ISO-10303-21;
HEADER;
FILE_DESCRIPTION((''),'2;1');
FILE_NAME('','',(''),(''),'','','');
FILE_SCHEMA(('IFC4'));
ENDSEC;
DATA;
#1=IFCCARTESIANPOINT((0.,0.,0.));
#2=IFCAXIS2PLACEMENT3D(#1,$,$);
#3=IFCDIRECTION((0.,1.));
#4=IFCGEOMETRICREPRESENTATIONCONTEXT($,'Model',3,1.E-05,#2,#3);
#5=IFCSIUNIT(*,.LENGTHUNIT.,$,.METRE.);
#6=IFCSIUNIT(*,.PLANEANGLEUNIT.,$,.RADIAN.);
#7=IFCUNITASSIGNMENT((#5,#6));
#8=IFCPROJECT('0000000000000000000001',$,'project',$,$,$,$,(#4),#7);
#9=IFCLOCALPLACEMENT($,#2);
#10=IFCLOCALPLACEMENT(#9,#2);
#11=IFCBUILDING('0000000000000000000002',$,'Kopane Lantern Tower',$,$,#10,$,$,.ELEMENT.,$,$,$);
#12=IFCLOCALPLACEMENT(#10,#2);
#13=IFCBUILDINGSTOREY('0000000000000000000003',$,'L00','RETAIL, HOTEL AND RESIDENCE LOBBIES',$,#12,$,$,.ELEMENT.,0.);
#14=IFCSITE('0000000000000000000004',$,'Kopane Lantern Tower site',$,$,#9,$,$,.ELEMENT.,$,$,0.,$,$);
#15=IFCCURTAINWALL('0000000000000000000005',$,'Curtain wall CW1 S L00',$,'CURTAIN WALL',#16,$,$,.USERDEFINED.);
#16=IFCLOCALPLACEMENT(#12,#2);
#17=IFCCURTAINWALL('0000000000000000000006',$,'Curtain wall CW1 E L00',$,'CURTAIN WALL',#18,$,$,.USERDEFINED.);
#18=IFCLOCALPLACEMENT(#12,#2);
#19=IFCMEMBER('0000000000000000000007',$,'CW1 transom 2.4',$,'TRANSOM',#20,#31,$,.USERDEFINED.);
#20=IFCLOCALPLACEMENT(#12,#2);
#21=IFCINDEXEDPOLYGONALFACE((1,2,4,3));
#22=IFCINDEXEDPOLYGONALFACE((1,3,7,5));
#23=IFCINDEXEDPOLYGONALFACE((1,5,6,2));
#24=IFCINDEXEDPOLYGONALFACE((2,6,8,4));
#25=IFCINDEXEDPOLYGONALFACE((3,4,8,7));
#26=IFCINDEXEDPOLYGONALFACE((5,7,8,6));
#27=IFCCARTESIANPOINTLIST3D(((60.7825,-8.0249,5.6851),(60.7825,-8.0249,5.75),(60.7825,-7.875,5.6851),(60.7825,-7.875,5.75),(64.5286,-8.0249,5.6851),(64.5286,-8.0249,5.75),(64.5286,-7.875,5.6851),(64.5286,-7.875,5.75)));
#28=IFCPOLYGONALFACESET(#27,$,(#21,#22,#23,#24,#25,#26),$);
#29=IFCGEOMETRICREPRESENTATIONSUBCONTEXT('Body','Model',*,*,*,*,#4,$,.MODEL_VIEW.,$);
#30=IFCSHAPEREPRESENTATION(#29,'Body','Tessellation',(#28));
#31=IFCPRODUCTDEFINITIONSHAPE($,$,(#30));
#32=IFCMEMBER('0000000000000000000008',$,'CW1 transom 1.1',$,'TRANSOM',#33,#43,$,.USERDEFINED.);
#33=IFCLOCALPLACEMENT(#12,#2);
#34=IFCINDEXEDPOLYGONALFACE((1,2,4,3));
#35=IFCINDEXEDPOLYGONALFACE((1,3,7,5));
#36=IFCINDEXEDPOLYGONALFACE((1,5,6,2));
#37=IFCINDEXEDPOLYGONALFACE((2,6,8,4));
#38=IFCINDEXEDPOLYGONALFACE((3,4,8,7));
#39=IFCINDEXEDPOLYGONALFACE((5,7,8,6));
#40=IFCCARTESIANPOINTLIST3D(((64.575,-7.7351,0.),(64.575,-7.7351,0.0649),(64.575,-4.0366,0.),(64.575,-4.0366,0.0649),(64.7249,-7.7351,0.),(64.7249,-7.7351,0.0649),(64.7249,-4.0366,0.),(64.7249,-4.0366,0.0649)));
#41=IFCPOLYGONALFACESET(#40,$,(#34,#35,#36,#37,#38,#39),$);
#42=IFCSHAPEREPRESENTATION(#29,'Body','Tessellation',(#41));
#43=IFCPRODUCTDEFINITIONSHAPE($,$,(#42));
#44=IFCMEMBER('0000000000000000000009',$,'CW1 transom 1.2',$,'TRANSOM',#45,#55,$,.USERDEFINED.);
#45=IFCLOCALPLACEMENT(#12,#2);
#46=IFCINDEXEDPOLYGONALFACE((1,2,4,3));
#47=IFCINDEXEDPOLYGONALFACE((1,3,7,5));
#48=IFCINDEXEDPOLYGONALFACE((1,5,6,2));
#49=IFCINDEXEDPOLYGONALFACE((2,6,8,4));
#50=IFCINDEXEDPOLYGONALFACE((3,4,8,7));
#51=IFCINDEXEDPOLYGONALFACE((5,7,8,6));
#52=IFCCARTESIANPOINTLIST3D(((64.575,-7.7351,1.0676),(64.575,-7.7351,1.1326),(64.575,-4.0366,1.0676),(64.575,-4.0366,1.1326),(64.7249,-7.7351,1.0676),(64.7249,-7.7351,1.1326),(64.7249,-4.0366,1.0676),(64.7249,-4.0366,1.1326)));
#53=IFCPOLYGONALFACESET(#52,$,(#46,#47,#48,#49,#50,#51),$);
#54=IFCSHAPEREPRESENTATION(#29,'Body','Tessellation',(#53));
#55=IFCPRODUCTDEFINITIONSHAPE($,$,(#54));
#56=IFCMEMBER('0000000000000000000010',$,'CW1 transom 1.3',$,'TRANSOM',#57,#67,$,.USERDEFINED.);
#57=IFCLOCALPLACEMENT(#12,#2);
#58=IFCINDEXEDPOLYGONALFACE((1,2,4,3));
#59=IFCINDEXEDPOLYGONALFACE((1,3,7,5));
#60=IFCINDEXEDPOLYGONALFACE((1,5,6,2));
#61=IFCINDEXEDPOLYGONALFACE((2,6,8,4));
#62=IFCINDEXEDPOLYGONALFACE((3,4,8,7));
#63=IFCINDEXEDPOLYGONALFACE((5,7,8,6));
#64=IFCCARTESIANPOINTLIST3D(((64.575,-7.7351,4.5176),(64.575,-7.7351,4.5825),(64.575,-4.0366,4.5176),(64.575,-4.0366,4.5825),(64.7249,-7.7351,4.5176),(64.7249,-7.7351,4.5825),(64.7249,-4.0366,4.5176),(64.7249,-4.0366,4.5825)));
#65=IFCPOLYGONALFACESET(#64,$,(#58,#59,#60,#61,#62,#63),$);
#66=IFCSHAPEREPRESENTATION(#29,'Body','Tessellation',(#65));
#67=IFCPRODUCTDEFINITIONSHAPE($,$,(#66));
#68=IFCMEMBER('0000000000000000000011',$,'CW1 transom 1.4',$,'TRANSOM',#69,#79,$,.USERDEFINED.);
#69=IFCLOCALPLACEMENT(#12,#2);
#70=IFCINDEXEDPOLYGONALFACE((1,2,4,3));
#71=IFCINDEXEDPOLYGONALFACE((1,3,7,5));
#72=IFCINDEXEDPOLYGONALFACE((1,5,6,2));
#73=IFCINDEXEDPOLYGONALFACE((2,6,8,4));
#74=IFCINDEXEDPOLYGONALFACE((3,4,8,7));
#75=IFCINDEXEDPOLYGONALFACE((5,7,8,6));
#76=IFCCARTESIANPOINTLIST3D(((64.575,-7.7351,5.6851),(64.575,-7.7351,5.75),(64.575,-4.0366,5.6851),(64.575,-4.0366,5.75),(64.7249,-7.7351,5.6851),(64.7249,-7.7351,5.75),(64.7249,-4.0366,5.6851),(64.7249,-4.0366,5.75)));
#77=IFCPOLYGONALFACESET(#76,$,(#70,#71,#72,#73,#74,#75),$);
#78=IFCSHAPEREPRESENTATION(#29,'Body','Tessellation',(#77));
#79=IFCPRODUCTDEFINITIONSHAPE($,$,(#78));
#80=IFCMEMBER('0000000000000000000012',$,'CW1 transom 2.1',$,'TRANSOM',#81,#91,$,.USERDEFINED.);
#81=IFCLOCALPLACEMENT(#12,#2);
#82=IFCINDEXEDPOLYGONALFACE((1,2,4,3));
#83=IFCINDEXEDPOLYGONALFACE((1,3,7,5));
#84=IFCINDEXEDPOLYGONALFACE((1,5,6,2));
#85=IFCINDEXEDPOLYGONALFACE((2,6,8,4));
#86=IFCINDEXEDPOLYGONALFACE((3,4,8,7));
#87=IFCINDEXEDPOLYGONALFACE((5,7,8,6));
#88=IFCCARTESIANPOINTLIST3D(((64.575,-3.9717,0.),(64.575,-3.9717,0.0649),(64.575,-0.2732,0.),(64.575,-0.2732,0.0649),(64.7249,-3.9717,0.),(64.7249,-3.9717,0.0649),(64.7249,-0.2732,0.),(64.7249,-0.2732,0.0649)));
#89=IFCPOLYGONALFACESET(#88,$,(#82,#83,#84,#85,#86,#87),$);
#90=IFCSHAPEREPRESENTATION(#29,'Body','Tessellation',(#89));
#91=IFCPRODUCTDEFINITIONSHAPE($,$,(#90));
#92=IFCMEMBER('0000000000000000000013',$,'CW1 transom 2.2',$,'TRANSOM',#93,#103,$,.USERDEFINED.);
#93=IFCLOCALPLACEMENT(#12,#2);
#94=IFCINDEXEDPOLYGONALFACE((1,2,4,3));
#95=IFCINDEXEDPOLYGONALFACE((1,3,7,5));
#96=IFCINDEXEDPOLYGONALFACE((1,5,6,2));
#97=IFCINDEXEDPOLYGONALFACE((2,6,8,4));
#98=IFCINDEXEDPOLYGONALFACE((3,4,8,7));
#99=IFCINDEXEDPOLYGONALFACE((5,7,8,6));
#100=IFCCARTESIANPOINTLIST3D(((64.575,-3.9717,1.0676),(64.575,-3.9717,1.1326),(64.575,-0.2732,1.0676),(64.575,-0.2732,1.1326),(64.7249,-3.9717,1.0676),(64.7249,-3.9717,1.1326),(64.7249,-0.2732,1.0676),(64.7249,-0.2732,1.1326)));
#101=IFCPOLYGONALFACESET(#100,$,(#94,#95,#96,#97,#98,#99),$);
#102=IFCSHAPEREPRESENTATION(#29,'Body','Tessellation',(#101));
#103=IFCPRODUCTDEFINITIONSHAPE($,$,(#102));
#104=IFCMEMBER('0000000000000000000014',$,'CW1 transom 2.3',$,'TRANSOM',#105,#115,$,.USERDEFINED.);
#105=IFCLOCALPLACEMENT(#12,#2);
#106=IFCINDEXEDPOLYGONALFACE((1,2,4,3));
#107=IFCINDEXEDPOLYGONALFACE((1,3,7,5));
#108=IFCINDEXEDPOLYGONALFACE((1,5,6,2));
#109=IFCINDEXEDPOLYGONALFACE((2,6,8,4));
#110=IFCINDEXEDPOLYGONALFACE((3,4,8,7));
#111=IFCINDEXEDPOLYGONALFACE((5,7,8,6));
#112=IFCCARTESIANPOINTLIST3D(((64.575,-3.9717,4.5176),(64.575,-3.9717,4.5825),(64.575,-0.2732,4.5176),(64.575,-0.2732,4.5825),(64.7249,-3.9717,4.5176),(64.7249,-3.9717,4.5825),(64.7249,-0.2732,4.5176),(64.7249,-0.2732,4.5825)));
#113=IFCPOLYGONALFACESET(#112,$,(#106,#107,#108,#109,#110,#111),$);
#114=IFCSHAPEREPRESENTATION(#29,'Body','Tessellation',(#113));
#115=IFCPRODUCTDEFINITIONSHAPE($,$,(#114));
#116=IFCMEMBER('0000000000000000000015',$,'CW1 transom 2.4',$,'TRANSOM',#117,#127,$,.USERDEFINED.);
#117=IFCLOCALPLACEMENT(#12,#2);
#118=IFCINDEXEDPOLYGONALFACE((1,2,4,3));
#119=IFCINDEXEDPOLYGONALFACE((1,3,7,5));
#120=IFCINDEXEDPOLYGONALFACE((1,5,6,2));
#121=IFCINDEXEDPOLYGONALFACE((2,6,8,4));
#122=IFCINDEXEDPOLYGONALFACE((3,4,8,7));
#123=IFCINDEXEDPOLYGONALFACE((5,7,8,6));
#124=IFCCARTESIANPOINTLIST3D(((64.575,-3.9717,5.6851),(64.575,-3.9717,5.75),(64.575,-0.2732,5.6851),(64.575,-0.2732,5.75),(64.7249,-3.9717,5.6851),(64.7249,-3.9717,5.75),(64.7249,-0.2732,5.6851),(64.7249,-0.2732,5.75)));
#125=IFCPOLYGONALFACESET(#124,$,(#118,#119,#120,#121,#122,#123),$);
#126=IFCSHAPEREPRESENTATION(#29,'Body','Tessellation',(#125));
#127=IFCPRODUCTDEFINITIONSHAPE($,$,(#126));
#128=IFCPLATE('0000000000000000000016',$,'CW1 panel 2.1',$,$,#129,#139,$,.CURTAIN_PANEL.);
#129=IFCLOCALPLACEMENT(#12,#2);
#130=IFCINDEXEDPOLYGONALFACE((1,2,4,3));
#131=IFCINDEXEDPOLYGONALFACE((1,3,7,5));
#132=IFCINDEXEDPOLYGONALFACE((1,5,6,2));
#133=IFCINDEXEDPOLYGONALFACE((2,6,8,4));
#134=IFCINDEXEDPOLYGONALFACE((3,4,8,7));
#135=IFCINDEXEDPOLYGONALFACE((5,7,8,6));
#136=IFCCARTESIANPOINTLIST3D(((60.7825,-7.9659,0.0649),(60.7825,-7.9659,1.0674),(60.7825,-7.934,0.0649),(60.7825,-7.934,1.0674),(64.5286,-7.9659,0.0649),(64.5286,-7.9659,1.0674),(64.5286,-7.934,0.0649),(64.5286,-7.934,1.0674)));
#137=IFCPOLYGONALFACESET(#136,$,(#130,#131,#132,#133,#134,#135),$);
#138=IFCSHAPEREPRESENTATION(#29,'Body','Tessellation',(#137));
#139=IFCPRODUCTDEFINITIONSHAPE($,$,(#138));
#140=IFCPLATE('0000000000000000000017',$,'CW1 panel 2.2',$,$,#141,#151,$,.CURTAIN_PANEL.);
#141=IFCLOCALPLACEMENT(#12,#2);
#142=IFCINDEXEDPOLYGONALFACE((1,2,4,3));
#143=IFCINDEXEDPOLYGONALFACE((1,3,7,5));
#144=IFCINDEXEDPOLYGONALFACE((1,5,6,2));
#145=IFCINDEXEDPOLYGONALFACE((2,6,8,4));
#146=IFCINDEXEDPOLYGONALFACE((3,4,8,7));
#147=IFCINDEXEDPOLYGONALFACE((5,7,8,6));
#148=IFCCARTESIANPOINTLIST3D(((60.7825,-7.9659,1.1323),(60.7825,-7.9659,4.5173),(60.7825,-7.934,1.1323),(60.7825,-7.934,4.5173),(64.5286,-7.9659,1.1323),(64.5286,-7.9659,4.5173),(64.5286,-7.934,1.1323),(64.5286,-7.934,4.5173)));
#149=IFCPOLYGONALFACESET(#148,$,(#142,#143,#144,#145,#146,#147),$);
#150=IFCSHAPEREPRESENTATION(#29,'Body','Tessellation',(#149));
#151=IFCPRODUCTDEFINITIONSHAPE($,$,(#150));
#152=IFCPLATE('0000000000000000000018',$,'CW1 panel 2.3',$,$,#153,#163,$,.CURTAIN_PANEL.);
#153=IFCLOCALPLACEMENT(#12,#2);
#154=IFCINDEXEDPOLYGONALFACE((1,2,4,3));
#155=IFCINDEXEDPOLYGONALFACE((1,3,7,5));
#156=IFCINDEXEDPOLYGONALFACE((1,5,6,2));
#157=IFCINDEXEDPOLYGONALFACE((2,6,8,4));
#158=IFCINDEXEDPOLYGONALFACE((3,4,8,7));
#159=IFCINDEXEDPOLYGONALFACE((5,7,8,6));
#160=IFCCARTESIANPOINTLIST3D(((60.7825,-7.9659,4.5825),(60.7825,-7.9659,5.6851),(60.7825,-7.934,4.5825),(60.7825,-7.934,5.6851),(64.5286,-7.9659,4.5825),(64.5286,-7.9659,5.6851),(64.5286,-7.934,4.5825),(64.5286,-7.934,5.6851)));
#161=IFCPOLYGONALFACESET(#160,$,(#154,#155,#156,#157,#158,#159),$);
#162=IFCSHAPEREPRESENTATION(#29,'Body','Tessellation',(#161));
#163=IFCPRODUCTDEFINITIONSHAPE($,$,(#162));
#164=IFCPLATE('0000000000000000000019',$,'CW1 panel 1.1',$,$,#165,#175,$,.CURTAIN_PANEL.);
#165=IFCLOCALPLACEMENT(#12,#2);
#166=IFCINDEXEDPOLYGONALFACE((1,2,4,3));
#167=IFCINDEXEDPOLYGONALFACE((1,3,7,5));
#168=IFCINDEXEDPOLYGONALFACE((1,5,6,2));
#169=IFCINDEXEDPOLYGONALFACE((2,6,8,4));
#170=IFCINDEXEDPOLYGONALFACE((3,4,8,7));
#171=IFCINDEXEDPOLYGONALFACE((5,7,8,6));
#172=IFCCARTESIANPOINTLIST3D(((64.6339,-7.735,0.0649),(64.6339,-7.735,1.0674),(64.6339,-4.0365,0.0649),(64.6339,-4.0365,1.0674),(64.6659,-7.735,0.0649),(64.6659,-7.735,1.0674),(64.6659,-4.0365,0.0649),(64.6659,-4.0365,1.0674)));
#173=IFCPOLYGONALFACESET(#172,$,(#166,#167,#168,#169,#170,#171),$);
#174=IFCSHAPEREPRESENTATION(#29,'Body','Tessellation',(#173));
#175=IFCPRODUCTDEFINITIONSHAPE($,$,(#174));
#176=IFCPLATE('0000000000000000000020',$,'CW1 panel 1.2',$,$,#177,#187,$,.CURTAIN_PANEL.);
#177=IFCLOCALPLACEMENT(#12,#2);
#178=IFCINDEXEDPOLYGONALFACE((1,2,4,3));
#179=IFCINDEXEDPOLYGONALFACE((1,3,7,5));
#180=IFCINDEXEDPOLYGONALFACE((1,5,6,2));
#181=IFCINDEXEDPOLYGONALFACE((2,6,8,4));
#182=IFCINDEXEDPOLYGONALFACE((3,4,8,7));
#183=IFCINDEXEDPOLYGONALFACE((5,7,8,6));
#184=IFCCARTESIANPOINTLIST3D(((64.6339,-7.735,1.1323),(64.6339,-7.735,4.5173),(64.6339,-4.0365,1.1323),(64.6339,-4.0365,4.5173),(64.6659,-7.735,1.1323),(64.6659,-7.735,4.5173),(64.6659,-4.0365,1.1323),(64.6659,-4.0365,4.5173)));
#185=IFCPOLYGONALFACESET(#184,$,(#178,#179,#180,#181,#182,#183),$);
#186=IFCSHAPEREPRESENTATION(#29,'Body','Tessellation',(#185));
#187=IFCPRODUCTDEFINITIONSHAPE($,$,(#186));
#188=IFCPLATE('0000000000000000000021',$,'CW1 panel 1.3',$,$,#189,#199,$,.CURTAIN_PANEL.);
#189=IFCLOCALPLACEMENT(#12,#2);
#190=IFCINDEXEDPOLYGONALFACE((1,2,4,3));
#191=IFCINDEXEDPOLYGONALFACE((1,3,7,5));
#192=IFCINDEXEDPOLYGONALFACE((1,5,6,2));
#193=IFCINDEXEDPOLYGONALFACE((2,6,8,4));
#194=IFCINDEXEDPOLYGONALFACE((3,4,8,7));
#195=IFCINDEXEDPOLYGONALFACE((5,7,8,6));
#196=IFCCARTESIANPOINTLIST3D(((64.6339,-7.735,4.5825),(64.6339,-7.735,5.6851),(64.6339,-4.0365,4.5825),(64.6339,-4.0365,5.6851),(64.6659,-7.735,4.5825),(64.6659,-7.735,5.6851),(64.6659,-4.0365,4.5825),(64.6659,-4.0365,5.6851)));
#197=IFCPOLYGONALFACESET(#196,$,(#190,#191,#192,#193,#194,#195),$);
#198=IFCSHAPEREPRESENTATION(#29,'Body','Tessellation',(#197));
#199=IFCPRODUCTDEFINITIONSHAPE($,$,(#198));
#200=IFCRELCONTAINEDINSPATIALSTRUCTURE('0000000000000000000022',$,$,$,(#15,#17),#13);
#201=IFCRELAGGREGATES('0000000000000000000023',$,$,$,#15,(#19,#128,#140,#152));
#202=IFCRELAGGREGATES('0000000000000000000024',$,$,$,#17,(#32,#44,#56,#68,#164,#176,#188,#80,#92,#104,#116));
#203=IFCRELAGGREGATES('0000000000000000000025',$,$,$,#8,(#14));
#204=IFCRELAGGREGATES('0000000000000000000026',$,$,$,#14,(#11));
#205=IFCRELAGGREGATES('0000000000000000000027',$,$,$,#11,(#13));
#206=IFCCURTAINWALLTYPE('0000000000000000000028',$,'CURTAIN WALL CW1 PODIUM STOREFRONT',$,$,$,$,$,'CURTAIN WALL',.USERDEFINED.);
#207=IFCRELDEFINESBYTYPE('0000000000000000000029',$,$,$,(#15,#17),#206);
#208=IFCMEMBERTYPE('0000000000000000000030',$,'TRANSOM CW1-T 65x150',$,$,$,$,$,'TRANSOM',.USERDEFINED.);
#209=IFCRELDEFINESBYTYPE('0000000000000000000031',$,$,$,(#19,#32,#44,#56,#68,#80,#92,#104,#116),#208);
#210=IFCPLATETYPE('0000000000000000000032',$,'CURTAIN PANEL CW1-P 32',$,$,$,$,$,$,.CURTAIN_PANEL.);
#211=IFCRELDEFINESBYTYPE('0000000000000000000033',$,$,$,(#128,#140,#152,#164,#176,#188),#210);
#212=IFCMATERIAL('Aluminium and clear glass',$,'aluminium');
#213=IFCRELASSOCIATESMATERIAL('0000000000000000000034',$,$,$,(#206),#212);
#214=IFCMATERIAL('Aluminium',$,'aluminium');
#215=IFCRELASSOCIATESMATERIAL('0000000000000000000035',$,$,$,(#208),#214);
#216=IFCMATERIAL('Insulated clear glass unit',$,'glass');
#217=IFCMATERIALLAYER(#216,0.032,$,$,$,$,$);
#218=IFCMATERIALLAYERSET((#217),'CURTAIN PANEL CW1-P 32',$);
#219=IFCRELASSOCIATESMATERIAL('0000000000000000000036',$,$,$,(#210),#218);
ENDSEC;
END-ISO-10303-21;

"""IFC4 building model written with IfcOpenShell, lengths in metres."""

from ifc_helpers import new_model, si_unit, direction, frame, origin, origin_2d, place, context, subcontext, project, spatial, rectangle, extrude, material, layer, layer_set, material_profile, profile_set, type_object, element, aggregate, save


model = new_model("IFC4")

# Units and contexts
model_context = context("Model", 3, precision=1e-05, world=origin(), true_north=direction((0.0, 1.0)))
body_context = subcontext(model_context, "Body", "Model", "MODEL_VIEW")
ifc_project = project(units=[si_unit("LENGTHUNIT", "METRE"), si_unit("PLANEANGLEUNIT", "RADIAN")], contexts=[model_context])

# Site, building, storey
site_placement = place(None, origin())
site = spatial("IfcSite", under=ifc_project, at=site_placement, Name="Kopane Lantern Tower site", CompositionType="ELEMENT", RefElevation=0.0)
building_placement = place(site_placement, origin())
building = spatial("IfcBuilding", under=site, at=building_placement, Name="Kopane Lantern Tower", CompositionType="ELEMENT")
storey_placement = place(building_placement, origin())
storey = spatial("IfcBuildingStorey", under=building, at=storey_placement, Name="L00", Description="RETAIL, HOTEL AND RESIDENCE LOBBIES", CompositionType="ELEMENT", Elevation=0.0)

# Curtain walls
ifc_material_1 = material(Name="Aluminium and clear glass", Category="aluminium")
curtain_wall_type = type_object("IfcCurtainWallType", Name="CURTAIN WALL CW1 PODIUM STOREFRONT", ElementType="CURTAIN WALL", PredefinedType="USERDEFINED", material=ifc_material_1)
curtain_wall_1_placement = place(storey_placement, origin())
curtain_wall_1 = element("IfcCurtainWall", 1, at=curtain_wall_1_placement, inside=storey, type_object=curtain_wall_type, Name="Curtain wall CW1 S L00", ObjectType="CURTAIN WALL", PredefinedType="USERDEFINED")
curtain_wall_2_placement = place(storey_placement, origin())
curtain_wall_2 = element("IfcCurtainWall", 2, at=curtain_wall_2_placement, inside=storey, type_object=curtain_wall_type, Name="Curtain wall CW1 E L00", ObjectType="CURTAIN WALL", PredefinedType="USERDEFINED")

# Members
ifc_material_2 = material(Name="Aluminium", Category="aluminium")
ifc_material_profile_1 = material_profile(ifc_material_2, rectangle(XDim=0.1499, YDim=0.0649, at=origin_2d()), Name="AL 150x65")
ifc_profile_set_1 = profile_set([ifc_material_profile_1], Name="Aluminium")
member_type_1 = type_object("IfcMemberType", Name="TRANSOM CW1-T 65x150", ElementType="TRANSOM", PredefinedType="USERDEFINED", material=ifc_profile_set_1)
member_1_placement = place(storey_placement, frame((60.7825, -7.95, 5.7175), z_axis=(1.0, 0.0, 0.0), x_axis=(0.0, 1.0, 0.0)))
member_1 = element("IfcMember", 3, at=member_1_placement, type_object=member_type_1, Name="CW1 transom 2.4", ObjectType="TRANSOM", PredefinedType="USERDEFINED", context=body_context, shape_type="SweptSolid", body=[
    extrude(rectangle(XDim=0.1499, YDim=0.0649, at=origin_2d()), origin(), (0.0, 0.0, 1.0), 3.7461),
])
member_2_placement = place(storey_placement, frame((64.6499, -7.7351, 0.0325), z_axis=(0.0, 1.0, 0.0), x_axis=(-1.0, 0.0, 0.0)))
member_2 = element("IfcMember", 4, at=member_2_placement, type_object=member_type_1, Name="CW1 transom 1.1", ObjectType="TRANSOM", PredefinedType="USERDEFINED", context=body_context, shape_type="SweptSolid", body=[
    extrude(rectangle(XDim=0.1499, YDim=0.0649, at=origin_2d()), origin(), (0.0, 0.0, 1.0), 3.6985),
])
member_3_placement = place(storey_placement, frame((64.6499, -7.7351, 1.1001), z_axis=(0.0, 1.0, 0.0), x_axis=(-1.0, 0.0, 0.0)))
member_3 = element("IfcMember", 5, at=member_3_placement, type_object=member_type_1, Name="CW1 transom 1.2", ObjectType="TRANSOM", PredefinedType="USERDEFINED", context=body_context, shape_type="SweptSolid", body=[
    extrude(rectangle(XDim=0.1499, YDim=0.0649, at=origin_2d()), origin(), (0.0, 0.0, 1.0), 3.6985),
])
member_4_placement = place(storey_placement, frame((64.6499, -7.7351, 4.55), z_axis=(0.0, 1.0, 0.0), x_axis=(-1.0, 0.0, 0.0)))
member_4 = element("IfcMember", 6, at=member_4_placement, type_object=member_type_1, Name="CW1 transom 1.3", ObjectType="TRANSOM", PredefinedType="USERDEFINED", context=body_context, shape_type="SweptSolid", body=[
    extrude(rectangle(XDim=0.1499, YDim=0.0649, at=origin_2d()), origin(), (0.0, 0.0, 1.0), 3.6985),
])
member_5_placement = place(storey_placement, frame((64.6499, -7.7351, 5.7175), z_axis=(0.0, 1.0, 0.0), x_axis=(-1.0, 0.0, 0.0)))
member_5 = element("IfcMember", 7, at=member_5_placement, type_object=member_type_1, Name="CW1 transom 1.4", ObjectType="TRANSOM", PredefinedType="USERDEFINED", context=body_context, shape_type="SweptSolid", body=[
    extrude(rectangle(XDim=0.1499, YDim=0.0649, at=origin_2d()), origin(), (0.0, 0.0, 1.0), 3.6985),
])
member_6_placement = place(storey_placement, frame((64.6499, -3.9717, 0.0325), z_axis=(0.0, 1.0, 0.0), x_axis=(-1.0, 0.0, 0.0)))
member_6 = element("IfcMember", 8, at=member_6_placement, type_object=member_type_1, Name="CW1 transom 2.1", ObjectType="TRANSOM", PredefinedType="USERDEFINED", context=body_context, shape_type="SweptSolid", body=[
    extrude(rectangle(XDim=0.1499, YDim=0.0649, at=origin_2d()), origin(), (0.0, 0.0, 1.0), 3.6985),
])
member_7_placement = place(storey_placement, frame((64.6499, -3.9717, 1.1001), z_axis=(0.0, 1.0, 0.0), x_axis=(-1.0, 0.0, 0.0)))
member_7 = element("IfcMember", 9, at=member_7_placement, type_object=member_type_1, Name="CW1 transom 2.2", ObjectType="TRANSOM", PredefinedType="USERDEFINED", context=body_context, shape_type="SweptSolid", body=[
    extrude(rectangle(XDim=0.1499, YDim=0.0649, at=origin_2d()), origin(), (0.0, 0.0, 1.0), 3.6985),
])
member_8_placement = place(storey_placement, frame((64.6499, -3.9717, 4.55), z_axis=(0.0, 1.0, 0.0), x_axis=(-1.0, 0.0, 0.0)))
member_8 = element("IfcMember", 10, at=member_8_placement, type_object=member_type_1, Name="CW1 transom 2.3", ObjectType="TRANSOM", PredefinedType="USERDEFINED", context=body_context, shape_type="SweptSolid", body=[
    extrude(rectangle(XDim=0.1499, YDim=0.0649, at=origin_2d()), origin(), (0.0, 0.0, 1.0), 3.6985),
])
member_9_placement = place(storey_placement, frame((64.6499, -3.9717, 5.7175), z_axis=(0.0, 1.0, 0.0), x_axis=(-1.0, 0.0, 0.0)))
member_9 = element("IfcMember", 11, at=member_9_placement, type_object=member_type_1, Name="CW1 transom 2.4", ObjectType="TRANSOM", PredefinedType="USERDEFINED", context=body_context, shape_type="SweptSolid", body=[
    extrude(rectangle(XDim=0.1499, YDim=0.0649, at=origin_2d()), origin(), (0.0, 0.0, 1.0), 3.6985),
])

# Plates
ifc_material_3 = material(Name="Insulated clear glass unit", Category="glass")
ifc_layer = layer(ifc_material_3, 0.032)
ifc_layer_set = layer_set([ifc_layer], Name="CURTAIN PANEL CW1-P 32")
plate_type = type_object("IfcPlateType", Name="CURTAIN PANEL CW1-P 32", PredefinedType="CURTAIN_PANEL", material=ifc_layer_set)
plate_1_placement = place(storey_placement, frame((62.6555, -7.95, 0.0649), z_axis=(0.0, 0.0, 1.0), x_axis=(1.0, 0.0, 0.0)))
plate_1 = element("IfcPlate", 12, at=plate_1_placement, type_object=plate_type, Name="CW1 panel 2.1", PredefinedType="CURTAIN_PANEL", context=body_context, shape_type="SweptSolid", body=[
    extrude(rectangle(XDim=3.7461, YDim=0.032, at=origin_2d()), origin(), (0.0, 0.0, 1.0), 1.0024),
])
plate_2_placement = place(storey_placement, frame((62.6555, -7.95, 1.1323), z_axis=(0.0, 0.0, 1.0), x_axis=(1.0, 0.0, 0.0)))
plate_2 = element("IfcPlate", 13, at=plate_2_placement, type_object=plate_type, Name="CW1 panel 2.2", PredefinedType="CURTAIN_PANEL", context=body_context, shape_type="SweptSolid", body=[
    extrude(rectangle(XDim=3.7461, YDim=0.032, at=origin_2d()), origin(), (0.0, 0.0, 1.0), 3.385),
])
plate_3_placement = place(storey_placement, frame((62.6555, -7.95, 4.5825), z_axis=(0.0, 0.0, 1.0), x_axis=(1.0, 0.0, 0.0)))
plate_3 = element("IfcPlate", 14, at=plate_3_placement, type_object=plate_type, Name="CW1 panel 2.3", PredefinedType="CURTAIN_PANEL", context=body_context, shape_type="SweptSolid", body=[
    extrude(rectangle(XDim=3.7461, YDim=0.032, at=origin_2d()), origin(), (0.0, 0.0, 1.0), 1.1025),
])
aggregate(curtain_wall_1, [member_1, plate_1, plate_2, plate_3])
plate_4_placement = place(storey_placement, frame((64.6499, -5.8857, 0.0649), z_axis=(0.0, 0.0, 1.0), x_axis=(0.0, 1.0, 0.0)))
plate_4 = element("IfcPlate", 15, at=plate_4_placement, type_object=plate_type, Name="CW1 panel 1.1", PredefinedType="CURTAIN_PANEL", context=body_context, shape_type="SweptSolid", body=[
    extrude(rectangle(XDim=3.6985, YDim=0.032, at=origin_2d()), origin(), (0.0, 0.0, 1.0), 1.0024),
])
plate_5_placement = place(storey_placement, frame((64.6499, -5.8857, 1.1323), z_axis=(0.0, 0.0, 1.0), x_axis=(0.0, 1.0, 0.0)))
plate_5 = element("IfcPlate", 16, at=plate_5_placement, type_object=plate_type, Name="CW1 panel 1.2", PredefinedType="CURTAIN_PANEL", context=body_context, shape_type="SweptSolid", body=[
    extrude(rectangle(XDim=3.6985, YDim=0.032, at=origin_2d()), origin(), (0.0, 0.0, 1.0), 3.385),
])
plate_6_placement = place(storey_placement, frame((64.6499, -5.8857, 4.5825), z_axis=(0.0, 0.0, 1.0), x_axis=(0.0, 1.0, 0.0)))
plate_6 = element("IfcPlate", 17, at=plate_6_placement, type_object=plate_type, Name="CW1 panel 1.3", PredefinedType="CURTAIN_PANEL", context=body_context, shape_type="SweptSolid", body=[
    extrude(rectangle(XDim=3.6985, YDim=0.032, at=origin_2d()), origin(), (0.0, 0.0, 1.0), 1.1025),
])
aggregate(curtain_wall_2, [member_2, member_3, member_4, member_5, plate_4, plate_5, plate_6, member_6, member_7, member_8, member_9])

save(model, "model.ifc")
